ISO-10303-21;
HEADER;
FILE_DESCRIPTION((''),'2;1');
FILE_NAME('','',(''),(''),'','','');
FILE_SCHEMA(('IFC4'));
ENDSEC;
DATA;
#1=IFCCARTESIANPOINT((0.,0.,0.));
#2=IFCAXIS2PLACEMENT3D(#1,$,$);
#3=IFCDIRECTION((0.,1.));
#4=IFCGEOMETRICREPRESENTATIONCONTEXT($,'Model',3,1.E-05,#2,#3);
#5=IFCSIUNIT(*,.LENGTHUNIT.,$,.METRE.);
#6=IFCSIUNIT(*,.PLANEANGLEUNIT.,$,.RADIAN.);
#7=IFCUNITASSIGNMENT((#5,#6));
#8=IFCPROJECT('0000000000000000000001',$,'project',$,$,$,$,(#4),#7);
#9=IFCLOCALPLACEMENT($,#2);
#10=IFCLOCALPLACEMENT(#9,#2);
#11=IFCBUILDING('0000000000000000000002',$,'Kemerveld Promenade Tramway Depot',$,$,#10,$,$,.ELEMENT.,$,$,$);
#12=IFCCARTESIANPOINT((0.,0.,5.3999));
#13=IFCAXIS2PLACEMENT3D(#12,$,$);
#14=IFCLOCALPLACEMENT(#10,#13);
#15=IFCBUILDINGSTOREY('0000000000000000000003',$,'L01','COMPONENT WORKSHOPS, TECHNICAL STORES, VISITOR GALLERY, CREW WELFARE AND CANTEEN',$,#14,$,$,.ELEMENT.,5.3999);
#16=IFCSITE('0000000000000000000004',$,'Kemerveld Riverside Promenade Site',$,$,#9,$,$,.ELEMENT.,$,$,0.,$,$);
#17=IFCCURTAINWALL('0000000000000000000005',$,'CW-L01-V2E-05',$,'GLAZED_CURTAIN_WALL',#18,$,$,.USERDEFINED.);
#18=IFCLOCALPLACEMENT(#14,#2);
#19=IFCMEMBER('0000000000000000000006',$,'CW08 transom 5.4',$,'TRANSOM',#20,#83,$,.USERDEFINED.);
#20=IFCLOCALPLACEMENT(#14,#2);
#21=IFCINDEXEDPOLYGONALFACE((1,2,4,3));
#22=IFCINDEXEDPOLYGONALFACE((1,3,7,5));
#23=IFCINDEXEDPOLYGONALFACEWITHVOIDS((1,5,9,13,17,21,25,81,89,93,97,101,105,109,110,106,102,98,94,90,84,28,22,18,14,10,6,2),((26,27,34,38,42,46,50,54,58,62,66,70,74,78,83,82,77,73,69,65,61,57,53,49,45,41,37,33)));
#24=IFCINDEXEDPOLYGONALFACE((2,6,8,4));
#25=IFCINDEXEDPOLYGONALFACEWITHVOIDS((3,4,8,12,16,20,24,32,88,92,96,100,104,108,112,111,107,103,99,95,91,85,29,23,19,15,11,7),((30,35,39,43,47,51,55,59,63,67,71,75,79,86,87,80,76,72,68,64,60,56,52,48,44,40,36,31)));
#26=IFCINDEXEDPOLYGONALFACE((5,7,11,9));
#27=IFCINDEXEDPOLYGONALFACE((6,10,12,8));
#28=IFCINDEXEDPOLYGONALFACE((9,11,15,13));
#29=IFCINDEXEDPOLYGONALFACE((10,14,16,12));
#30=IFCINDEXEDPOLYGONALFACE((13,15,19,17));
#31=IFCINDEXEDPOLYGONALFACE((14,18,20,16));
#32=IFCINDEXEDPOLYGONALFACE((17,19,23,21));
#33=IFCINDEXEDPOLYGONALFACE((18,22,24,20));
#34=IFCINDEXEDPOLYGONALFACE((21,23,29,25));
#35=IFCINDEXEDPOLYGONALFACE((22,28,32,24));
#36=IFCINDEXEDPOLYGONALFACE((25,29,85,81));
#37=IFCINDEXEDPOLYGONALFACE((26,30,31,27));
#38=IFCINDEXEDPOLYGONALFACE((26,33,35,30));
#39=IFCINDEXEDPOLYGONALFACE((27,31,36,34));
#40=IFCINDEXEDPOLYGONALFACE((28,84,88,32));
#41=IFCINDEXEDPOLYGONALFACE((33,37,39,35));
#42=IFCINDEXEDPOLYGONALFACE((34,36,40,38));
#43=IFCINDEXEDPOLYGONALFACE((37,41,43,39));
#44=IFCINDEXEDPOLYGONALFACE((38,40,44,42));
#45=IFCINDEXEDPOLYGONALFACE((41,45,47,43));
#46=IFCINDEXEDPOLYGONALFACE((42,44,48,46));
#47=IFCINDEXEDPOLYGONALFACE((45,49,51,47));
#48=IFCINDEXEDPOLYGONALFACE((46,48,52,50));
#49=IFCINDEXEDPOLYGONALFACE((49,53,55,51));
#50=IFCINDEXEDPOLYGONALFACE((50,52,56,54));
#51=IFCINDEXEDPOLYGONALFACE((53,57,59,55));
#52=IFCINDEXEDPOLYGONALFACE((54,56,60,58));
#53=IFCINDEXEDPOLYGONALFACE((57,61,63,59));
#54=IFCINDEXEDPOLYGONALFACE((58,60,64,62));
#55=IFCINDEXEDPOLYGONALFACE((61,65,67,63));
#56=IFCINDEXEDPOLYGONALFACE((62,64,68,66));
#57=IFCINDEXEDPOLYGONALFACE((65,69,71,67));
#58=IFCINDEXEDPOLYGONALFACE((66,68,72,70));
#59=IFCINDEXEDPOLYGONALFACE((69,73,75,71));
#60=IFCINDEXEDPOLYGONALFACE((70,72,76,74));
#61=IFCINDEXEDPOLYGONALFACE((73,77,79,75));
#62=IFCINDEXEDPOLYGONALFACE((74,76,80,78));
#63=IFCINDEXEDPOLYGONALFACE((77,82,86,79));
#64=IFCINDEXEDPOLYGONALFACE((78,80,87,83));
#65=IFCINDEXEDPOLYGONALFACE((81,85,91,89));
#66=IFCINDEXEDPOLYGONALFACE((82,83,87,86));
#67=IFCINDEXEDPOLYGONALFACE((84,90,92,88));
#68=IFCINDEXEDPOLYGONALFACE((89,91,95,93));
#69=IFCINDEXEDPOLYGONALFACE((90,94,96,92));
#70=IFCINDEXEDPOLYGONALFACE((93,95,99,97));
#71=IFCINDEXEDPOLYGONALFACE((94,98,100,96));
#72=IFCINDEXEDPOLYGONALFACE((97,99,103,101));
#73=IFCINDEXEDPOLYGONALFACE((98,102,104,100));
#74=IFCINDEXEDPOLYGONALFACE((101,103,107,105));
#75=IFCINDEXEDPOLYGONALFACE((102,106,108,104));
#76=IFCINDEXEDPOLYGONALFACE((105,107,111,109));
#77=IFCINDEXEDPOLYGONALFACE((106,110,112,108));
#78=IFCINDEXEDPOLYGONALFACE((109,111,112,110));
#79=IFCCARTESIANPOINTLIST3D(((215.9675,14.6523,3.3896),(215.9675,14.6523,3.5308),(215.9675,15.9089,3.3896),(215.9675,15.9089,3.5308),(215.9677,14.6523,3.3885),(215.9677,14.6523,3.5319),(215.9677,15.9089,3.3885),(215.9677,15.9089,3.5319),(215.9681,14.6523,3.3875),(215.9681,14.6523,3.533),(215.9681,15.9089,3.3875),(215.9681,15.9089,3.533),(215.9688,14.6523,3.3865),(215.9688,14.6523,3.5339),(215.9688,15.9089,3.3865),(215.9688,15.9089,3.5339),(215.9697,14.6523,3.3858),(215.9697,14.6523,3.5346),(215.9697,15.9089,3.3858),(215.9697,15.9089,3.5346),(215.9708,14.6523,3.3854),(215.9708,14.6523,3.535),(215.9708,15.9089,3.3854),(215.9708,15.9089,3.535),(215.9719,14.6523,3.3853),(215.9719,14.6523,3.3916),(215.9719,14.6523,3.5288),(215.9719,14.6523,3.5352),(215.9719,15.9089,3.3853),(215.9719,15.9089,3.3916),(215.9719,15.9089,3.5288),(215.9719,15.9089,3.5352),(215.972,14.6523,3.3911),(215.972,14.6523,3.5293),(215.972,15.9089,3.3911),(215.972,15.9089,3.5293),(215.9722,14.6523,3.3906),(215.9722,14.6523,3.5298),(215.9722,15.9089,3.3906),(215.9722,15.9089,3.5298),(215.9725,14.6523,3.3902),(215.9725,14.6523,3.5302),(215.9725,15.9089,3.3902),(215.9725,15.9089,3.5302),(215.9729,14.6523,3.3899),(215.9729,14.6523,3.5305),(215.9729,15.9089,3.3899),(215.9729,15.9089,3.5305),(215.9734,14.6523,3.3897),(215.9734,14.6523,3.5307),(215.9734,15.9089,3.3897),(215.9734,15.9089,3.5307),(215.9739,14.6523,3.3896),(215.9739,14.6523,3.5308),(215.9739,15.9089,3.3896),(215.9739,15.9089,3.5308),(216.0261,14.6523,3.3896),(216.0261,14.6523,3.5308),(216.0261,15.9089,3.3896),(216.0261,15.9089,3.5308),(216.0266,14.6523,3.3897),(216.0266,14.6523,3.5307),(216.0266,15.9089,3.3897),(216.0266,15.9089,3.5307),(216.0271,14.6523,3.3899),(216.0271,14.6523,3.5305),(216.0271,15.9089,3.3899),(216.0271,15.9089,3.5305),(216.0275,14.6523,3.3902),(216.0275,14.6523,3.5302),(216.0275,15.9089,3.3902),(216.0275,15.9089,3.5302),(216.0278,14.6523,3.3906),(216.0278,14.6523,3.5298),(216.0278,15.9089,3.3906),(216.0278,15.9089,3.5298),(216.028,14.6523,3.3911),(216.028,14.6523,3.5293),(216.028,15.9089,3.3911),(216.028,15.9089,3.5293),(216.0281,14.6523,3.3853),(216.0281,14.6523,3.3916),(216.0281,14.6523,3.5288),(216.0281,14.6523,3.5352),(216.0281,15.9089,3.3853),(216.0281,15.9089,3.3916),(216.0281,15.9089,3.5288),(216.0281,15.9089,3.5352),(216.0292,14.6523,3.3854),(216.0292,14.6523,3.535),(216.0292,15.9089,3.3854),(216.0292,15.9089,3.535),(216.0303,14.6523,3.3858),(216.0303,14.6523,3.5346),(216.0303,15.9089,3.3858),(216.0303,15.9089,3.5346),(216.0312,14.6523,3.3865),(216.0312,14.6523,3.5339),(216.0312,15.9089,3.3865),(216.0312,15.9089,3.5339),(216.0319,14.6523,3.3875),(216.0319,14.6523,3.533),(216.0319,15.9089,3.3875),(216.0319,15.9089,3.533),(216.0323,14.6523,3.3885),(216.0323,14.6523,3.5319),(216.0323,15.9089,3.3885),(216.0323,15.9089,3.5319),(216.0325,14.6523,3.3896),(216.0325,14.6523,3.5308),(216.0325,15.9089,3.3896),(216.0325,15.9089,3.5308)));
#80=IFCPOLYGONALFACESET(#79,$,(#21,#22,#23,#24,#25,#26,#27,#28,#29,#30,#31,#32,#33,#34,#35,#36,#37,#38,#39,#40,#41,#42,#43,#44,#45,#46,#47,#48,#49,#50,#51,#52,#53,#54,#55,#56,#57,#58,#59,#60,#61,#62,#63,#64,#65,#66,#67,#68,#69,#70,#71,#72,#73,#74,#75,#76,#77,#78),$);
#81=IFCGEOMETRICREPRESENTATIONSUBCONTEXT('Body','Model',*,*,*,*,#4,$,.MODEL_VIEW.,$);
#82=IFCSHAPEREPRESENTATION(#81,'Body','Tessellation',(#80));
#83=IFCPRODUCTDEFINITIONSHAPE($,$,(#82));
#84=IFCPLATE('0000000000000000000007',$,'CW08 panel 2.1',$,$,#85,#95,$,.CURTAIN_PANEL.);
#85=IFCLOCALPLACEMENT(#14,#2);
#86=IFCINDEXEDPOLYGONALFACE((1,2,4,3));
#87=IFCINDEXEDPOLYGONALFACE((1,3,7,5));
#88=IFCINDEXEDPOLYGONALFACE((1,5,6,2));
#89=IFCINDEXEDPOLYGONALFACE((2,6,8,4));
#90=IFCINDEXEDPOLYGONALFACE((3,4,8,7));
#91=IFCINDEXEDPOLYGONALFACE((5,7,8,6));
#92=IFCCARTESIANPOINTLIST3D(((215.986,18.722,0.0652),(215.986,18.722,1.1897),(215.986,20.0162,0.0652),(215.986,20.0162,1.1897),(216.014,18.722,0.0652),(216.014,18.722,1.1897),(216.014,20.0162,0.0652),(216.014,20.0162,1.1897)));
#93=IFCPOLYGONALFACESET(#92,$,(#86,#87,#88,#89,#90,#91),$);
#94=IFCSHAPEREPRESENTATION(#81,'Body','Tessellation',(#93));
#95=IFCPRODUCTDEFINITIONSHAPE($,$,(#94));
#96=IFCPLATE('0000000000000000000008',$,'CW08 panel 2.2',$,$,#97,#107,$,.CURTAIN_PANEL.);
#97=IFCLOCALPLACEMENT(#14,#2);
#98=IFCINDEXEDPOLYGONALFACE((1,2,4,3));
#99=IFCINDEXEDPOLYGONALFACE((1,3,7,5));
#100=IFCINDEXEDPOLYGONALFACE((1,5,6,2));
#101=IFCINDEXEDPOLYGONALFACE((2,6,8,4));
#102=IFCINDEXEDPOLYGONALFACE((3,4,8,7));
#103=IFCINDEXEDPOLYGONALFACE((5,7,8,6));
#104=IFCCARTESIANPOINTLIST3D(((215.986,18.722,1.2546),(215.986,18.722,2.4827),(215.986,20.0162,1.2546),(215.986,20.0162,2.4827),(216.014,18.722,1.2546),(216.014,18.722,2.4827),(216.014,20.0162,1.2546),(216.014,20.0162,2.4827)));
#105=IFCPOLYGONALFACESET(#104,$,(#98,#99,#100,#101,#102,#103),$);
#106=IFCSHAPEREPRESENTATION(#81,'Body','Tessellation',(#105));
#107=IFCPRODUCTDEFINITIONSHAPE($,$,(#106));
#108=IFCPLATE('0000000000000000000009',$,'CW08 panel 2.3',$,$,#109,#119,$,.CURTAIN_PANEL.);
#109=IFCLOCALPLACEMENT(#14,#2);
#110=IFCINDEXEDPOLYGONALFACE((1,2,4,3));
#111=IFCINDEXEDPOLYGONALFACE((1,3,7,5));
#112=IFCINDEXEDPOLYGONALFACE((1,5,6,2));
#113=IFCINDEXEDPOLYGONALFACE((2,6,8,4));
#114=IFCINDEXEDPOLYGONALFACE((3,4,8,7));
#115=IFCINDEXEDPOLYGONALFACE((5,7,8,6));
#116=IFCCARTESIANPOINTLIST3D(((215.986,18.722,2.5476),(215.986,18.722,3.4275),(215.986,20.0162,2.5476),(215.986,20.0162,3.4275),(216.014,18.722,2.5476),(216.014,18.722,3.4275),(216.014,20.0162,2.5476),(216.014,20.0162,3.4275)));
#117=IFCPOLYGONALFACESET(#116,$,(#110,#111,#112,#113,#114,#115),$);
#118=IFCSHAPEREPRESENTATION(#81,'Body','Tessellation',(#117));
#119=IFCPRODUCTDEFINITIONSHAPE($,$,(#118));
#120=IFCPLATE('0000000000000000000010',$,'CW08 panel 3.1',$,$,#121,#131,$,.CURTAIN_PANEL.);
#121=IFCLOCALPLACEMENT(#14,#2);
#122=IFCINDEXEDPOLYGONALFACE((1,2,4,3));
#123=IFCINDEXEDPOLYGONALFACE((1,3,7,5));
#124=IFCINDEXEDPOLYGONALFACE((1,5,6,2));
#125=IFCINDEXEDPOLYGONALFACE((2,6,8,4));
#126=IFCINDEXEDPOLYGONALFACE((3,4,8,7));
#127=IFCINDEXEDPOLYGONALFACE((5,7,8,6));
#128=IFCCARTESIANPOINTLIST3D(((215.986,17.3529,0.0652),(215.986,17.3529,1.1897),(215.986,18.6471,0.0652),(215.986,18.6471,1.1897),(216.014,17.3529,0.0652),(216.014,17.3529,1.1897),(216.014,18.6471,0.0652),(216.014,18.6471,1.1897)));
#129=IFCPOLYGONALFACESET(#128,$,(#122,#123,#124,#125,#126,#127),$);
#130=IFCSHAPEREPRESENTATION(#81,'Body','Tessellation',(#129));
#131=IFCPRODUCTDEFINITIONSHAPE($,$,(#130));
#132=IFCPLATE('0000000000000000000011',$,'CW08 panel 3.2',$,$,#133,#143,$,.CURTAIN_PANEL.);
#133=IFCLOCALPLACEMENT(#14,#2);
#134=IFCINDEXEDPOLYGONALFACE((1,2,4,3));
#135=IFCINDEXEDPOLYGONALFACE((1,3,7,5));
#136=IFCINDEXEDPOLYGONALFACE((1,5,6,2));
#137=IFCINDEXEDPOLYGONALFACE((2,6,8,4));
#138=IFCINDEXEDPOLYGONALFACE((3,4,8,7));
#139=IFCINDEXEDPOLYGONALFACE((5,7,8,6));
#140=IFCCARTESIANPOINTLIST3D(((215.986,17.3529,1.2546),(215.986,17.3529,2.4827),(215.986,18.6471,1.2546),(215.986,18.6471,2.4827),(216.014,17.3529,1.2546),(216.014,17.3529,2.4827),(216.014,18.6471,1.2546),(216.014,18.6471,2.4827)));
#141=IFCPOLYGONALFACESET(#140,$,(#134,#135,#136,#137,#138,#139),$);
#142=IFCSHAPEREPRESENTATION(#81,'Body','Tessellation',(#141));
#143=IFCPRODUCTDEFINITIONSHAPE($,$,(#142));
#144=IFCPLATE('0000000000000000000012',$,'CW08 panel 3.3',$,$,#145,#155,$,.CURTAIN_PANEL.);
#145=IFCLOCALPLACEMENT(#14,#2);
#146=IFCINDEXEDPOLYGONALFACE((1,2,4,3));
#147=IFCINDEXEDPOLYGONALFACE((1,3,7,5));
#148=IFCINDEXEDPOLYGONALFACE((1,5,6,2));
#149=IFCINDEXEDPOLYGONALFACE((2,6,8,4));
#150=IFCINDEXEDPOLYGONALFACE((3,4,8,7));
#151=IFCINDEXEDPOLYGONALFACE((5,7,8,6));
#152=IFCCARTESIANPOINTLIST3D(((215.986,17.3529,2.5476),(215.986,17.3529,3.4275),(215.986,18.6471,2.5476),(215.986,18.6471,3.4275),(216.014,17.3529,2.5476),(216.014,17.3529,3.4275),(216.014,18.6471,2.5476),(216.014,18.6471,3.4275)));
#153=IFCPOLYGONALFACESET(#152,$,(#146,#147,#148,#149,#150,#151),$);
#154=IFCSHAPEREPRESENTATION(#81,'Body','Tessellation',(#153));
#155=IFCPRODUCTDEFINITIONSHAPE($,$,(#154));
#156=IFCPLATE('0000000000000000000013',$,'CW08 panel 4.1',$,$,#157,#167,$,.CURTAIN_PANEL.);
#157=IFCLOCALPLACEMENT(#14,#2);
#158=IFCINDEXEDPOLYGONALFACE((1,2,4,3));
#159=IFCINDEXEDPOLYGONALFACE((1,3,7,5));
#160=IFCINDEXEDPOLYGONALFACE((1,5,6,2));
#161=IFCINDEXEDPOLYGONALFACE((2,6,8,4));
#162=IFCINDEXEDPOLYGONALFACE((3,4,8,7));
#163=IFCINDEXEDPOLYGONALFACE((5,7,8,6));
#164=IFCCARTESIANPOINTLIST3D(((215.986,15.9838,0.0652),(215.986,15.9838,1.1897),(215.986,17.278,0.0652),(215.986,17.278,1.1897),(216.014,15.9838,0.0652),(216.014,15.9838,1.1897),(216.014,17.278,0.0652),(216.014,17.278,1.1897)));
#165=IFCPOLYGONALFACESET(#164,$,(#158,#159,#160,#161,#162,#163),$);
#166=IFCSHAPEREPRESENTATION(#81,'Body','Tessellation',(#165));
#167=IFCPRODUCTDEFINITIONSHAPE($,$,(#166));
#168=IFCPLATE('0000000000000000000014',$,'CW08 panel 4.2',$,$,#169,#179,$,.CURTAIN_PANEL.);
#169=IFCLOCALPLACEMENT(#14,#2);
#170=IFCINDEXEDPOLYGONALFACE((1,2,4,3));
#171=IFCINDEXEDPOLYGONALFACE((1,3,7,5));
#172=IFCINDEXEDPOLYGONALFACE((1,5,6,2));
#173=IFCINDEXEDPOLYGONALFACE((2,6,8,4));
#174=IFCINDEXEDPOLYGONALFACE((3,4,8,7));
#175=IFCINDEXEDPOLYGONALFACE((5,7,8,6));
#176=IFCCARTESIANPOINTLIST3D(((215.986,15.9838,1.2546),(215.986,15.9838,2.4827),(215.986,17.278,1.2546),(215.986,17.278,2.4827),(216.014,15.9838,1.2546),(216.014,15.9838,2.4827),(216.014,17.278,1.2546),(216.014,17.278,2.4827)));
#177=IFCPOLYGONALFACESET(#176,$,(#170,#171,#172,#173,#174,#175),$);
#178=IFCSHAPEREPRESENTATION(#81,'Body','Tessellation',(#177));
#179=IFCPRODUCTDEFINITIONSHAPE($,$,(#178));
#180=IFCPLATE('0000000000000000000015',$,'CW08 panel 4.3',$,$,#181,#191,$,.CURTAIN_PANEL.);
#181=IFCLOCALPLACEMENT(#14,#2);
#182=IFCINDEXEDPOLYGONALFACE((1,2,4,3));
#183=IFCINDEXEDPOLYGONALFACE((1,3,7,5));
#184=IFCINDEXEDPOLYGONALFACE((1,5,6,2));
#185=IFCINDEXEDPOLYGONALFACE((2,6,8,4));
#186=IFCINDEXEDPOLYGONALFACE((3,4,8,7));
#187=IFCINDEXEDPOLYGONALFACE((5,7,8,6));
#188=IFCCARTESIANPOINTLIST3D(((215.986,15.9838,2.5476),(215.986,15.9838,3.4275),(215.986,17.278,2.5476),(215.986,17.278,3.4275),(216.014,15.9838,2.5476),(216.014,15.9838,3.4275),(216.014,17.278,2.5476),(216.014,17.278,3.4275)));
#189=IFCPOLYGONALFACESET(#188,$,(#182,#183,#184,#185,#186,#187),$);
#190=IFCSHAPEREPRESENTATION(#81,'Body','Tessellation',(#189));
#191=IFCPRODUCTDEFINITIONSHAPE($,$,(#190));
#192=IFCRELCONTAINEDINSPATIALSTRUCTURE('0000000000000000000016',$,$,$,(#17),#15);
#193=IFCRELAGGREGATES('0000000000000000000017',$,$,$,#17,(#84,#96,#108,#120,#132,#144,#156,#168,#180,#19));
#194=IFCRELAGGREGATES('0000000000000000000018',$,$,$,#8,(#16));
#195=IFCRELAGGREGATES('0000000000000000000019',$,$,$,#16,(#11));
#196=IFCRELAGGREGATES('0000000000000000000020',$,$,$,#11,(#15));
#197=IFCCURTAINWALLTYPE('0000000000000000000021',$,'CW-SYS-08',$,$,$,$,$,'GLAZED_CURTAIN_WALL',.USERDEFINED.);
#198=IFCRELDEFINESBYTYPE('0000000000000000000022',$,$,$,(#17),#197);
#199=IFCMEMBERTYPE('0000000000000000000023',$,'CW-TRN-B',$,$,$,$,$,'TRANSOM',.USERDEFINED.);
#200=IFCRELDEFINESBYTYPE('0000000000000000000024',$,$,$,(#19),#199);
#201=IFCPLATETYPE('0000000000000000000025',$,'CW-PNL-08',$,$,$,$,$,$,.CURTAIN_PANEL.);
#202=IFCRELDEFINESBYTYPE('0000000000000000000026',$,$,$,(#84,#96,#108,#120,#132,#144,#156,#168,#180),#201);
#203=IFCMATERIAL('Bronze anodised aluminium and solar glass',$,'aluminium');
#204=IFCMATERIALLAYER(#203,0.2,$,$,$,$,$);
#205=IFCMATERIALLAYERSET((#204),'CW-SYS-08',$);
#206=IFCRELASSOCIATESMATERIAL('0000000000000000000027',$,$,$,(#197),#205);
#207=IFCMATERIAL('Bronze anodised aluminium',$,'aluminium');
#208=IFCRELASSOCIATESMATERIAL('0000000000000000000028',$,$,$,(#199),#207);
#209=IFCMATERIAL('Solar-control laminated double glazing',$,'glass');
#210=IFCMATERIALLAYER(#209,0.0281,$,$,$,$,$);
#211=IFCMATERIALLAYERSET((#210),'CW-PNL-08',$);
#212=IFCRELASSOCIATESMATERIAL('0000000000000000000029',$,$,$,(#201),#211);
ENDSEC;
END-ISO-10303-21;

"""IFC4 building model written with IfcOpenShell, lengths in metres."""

from ifc_helpers import new_model, si_unit, direction, frame, origin, origin_2d, place, context, subcontext, project, spatial, rectangle, hollow_rectangle, extrude, material, layer, layer_set, material_profile, profile_set, type_object, element, aggregate, save


model = new_model("IFC4")

# Units and contexts
model_context = context("Model", 3, precision=1e-05, world=origin(), true_north=direction((0.0, 1.0)))
body_context = subcontext(model_context, "Body", "Model", "MODEL_VIEW")
ifc_project = project(units=[si_unit("LENGTHUNIT", "METRE"), si_unit("PLANEANGLEUNIT", "RADIAN")], contexts=[model_context])

# Site, building, storey
site_placement = place(None, origin())
site = spatial("IfcSite", under=ifc_project, at=site_placement, Name="Kemerveld Riverside Promenade Site", CompositionType="ELEMENT", RefElevation=0.0)
building_placement = place(site_placement, origin())
building = spatial("IfcBuilding", under=site, at=building_placement, Name="Kemerveld Promenade Tramway Depot", CompositionType="ELEMENT")
storey_placement = place(building_placement, frame((0.0, 0.0, 5.3999)))
storey = spatial("IfcBuildingStorey", under=building, at=storey_placement, Name="L01", Description="COMPONENT WORKSHOPS, TECHNICAL STORES, VISITOR GALLERY, CREW WELFARE AND CANTEEN", CompositionType="ELEMENT", Elevation=5.3999)

# Curtain wall, member, plates
ifc_material_1 = material(Name="Bronze anodised aluminium and solar glass", Category="aluminium")
ifc_layer_1 = layer(ifc_material_1, 0.2)
ifc_layer_set_1 = layer_set([ifc_layer_1], Name="CW-SYS-08")
curtain_wall_type = type_object("IfcCurtainWallType", Name="CW-SYS-08", ElementType="GLAZED_CURTAIN_WALL", PredefinedType="USERDEFINED", material=ifc_layer_set_1)
curtain_wall_placement = place(storey_placement, origin())
curtain_wall = element("IfcCurtainWall", 1, at=curtain_wall_placement, inside=storey, type_object=curtain_wall_type, Name="CW-L01-V2E-05", ObjectType="GLAZED_CURTAIN_WALL", PredefinedType="USERDEFINED")
ifc_material_2 = material(Name="Bronze anodised aluminium", Category="aluminium")
ifc_material_profile_1 = material_profile(ifc_material_2, hollow_rectangle(XDim=0.0649, YDim=0.1499, WallThickness=0.0044, InnerFilletRadius=0.002, OuterFilletRadius=0.0044, at=origin_2d()), Name="CW-TRN-150x65")
ifc_profile_set_1 = profile_set([ifc_material_profile_1], Name="Bronze anodised aluminium")
member_type_1 = type_object("IfcMemberType", Name="CW-TRN-B", ElementType="TRANSOM", PredefinedType="USERDEFINED", material=ifc_profile_set_1)
member_1_placement = place(storey_placement, frame((216.0, 15.9089, 3.4602), z_axis=(0.0, -1.0, 0.0), x_axis=(1.0, 0.0, 0.0)))
member_1 = element("IfcMember", 2, at=member_1_placement, type_object=member_type_1, Name="CW08 transom 5.4", ObjectType="TRANSOM", PredefinedType="USERDEFINED", context=body_context, shape_type="SweptSolid", body=[
    extrude(hollow_rectangle(XDim=0.0649, YDim=0.1499, WallThickness=0.0044, InnerFilletRadius=0.002, OuterFilletRadius=0.0044, at=origin_2d()), origin(), (0.0, 0.0, 1.0), 1.2566),
])
ifc_material_3 = material(Name="Solar-control laminated double glazing", Category="glass")
ifc_layer_2 = layer(ifc_material_3, 0.0281)
ifc_layer_set_2 = layer_set([ifc_layer_2], Name="CW-PNL-08")
plate_type = type_object("IfcPlateType", Name="CW-PNL-08", PredefinedType="CURTAIN_PANEL", material=ifc_layer_set_2)
plate_1_placement = place(storey_placement, frame((216.0, 19.3691, 0.0652), z_axis=(0.0, 0.0, 1.0), x_axis=(0.0, -1.0, 0.0)))
plate_1 = element("IfcPlate", 3, at=plate_1_placement, type_object=plate_type, Name="CW08 panel 2.1", PredefinedType="CURTAIN_PANEL", context=body_context, shape_type="SweptSolid", body=[
    extrude(rectangle(XDim=1.2942, YDim=0.0281, at=origin_2d()), origin(), (0.0, 0.0, 1.0), 1.1245),
])
plate_2_placement = place(storey_placement, frame((216.0, 19.3691, 1.2546), z_axis=(0.0, 0.0, 1.0), x_axis=(0.0, -1.0, 0.0)))
plate_2 = element("IfcPlate", 4, at=plate_2_placement, type_object=plate_type, Name="CW08 panel 2.2", PredefinedType="CURTAIN_PANEL", context=body_context, shape_type="SweptSolid", body=[
    extrude(rectangle(XDim=1.2942, YDim=0.0281, at=origin_2d()), origin(), (0.0, 0.0, 1.0), 1.228),
])
plate_3_placement = place(storey_placement, frame((216.0, 19.3691, 2.5476), z_axis=(0.0, 0.0, 1.0), x_axis=(0.0, -1.0, 0.0)))
plate_3 = element("IfcPlate", 5, at=plate_3_placement, type_object=plate_type, Name="CW08 panel 2.3", PredefinedType="CURTAIN_PANEL", context=body_context, shape_type="SweptSolid", body=[
    extrude(rectangle(XDim=1.2942, YDim=0.0281, at=origin_2d()), origin(), (0.0, 0.0, 1.0), 0.8799),
])
plate_4_placement = place(storey_placement, frame((216.0, 18.0, 0.0652), z_axis=(0.0, 0.0, 1.0), x_axis=(0.0, -1.0, 0.0)))
plate_4 = element("IfcPlate", 6, at=plate_4_placement, type_object=plate_type, Name="CW08 panel 3.1", PredefinedType="CURTAIN_PANEL", context=body_context, shape_type="SweptSolid", body=[
    extrude(rectangle(XDim=1.2942, YDim=0.0281, at=origin_2d()), origin(), (0.0, 0.0, 1.0), 1.1245),
])
plate_5_placement = place(storey_placement, frame((216.0, 18.0, 1.2546), z_axis=(0.0, 0.0, 1.0), x_axis=(0.0, -1.0, 0.0)))
plate_5 = element("IfcPlate", 7, at=plate_5_placement, type_object=plate_type, Name="CW08 panel 3.2", PredefinedType="CURTAIN_PANEL", context=body_context, shape_type="SweptSolid", body=[
    extrude(rectangle(XDim=1.2942, YDim=0.0281, at=origin_2d()), origin(), (0.0, 0.0, 1.0), 1.228),
])
plate_6_placement = place(storey_placement, frame((216.0, 18.0, 2.5476), z_axis=(0.0, 0.0, 1.0), x_axis=(0.0, -1.0, 0.0)))
plate_6 = element("IfcPlate", 8, at=plate_6_placement, type_object=plate_type, Name="CW08 panel 3.3", PredefinedType="CURTAIN_PANEL", context=body_context, shape_type="SweptSolid", body=[
    extrude(rectangle(XDim=1.2942, YDim=0.0281, at=origin_2d()), origin(), (0.0, 0.0, 1.0), 0.8799),
])
plate_7_placement = place(storey_placement, frame((216.0, 16.6309, 0.0652), z_axis=(0.0, 0.0, 1.0), x_axis=(0.0, -1.0, 0.0)))
plate_7 = element("IfcPlate", 9, at=plate_7_placement, type_object=plate_type, Name="CW08 panel 4.1", PredefinedType="CURTAIN_PANEL", context=body_context, shape_type="SweptSolid", body=[
    extrude(rectangle(XDim=1.2942, YDim=0.0281, at=origin_2d()), origin(), (0.0, 0.0, 1.0), 1.1245),
])
plate_8_placement = place(storey_placement, frame((216.0, 16.6309, 1.2546), z_axis=(0.0, 0.0, 1.0), x_axis=(0.0, -1.0, 0.0)))
plate_8 = element("IfcPlate", 10, at=plate_8_placement, type_object=plate_type, Name="CW08 panel 4.2", PredefinedType="CURTAIN_PANEL", context=body_context, shape_type="SweptSolid", body=[
    extrude(rectangle(XDim=1.2942, YDim=0.0281, at=origin_2d()), origin(), (0.0, 0.0, 1.0), 1.228),
])
plate_9_placement = place(storey_placement, frame((216.0, 16.6309, 2.5476), z_axis=(0.0, 0.0, 1.0), x_axis=(0.0, -1.0, 0.0)))
plate_9 = element("IfcPlate", 11, at=plate_9_placement, type_object=plate_type, Name="CW08 panel 4.3", PredefinedType="CURTAIN_PANEL", context=body_context, shape_type="SweptSolid", body=[
    extrude(rectangle(XDim=1.2942, YDim=0.0281, at=origin_2d()), origin(), (0.0, 0.0, 1.0), 0.8799),
])
aggregate(curtain_wall, [plate_1, plate_2, plate_3, plate_4, plate_5, plate_6, plate_7, plate_8, plate_9, member_1])

save(model, "model.ifc")
